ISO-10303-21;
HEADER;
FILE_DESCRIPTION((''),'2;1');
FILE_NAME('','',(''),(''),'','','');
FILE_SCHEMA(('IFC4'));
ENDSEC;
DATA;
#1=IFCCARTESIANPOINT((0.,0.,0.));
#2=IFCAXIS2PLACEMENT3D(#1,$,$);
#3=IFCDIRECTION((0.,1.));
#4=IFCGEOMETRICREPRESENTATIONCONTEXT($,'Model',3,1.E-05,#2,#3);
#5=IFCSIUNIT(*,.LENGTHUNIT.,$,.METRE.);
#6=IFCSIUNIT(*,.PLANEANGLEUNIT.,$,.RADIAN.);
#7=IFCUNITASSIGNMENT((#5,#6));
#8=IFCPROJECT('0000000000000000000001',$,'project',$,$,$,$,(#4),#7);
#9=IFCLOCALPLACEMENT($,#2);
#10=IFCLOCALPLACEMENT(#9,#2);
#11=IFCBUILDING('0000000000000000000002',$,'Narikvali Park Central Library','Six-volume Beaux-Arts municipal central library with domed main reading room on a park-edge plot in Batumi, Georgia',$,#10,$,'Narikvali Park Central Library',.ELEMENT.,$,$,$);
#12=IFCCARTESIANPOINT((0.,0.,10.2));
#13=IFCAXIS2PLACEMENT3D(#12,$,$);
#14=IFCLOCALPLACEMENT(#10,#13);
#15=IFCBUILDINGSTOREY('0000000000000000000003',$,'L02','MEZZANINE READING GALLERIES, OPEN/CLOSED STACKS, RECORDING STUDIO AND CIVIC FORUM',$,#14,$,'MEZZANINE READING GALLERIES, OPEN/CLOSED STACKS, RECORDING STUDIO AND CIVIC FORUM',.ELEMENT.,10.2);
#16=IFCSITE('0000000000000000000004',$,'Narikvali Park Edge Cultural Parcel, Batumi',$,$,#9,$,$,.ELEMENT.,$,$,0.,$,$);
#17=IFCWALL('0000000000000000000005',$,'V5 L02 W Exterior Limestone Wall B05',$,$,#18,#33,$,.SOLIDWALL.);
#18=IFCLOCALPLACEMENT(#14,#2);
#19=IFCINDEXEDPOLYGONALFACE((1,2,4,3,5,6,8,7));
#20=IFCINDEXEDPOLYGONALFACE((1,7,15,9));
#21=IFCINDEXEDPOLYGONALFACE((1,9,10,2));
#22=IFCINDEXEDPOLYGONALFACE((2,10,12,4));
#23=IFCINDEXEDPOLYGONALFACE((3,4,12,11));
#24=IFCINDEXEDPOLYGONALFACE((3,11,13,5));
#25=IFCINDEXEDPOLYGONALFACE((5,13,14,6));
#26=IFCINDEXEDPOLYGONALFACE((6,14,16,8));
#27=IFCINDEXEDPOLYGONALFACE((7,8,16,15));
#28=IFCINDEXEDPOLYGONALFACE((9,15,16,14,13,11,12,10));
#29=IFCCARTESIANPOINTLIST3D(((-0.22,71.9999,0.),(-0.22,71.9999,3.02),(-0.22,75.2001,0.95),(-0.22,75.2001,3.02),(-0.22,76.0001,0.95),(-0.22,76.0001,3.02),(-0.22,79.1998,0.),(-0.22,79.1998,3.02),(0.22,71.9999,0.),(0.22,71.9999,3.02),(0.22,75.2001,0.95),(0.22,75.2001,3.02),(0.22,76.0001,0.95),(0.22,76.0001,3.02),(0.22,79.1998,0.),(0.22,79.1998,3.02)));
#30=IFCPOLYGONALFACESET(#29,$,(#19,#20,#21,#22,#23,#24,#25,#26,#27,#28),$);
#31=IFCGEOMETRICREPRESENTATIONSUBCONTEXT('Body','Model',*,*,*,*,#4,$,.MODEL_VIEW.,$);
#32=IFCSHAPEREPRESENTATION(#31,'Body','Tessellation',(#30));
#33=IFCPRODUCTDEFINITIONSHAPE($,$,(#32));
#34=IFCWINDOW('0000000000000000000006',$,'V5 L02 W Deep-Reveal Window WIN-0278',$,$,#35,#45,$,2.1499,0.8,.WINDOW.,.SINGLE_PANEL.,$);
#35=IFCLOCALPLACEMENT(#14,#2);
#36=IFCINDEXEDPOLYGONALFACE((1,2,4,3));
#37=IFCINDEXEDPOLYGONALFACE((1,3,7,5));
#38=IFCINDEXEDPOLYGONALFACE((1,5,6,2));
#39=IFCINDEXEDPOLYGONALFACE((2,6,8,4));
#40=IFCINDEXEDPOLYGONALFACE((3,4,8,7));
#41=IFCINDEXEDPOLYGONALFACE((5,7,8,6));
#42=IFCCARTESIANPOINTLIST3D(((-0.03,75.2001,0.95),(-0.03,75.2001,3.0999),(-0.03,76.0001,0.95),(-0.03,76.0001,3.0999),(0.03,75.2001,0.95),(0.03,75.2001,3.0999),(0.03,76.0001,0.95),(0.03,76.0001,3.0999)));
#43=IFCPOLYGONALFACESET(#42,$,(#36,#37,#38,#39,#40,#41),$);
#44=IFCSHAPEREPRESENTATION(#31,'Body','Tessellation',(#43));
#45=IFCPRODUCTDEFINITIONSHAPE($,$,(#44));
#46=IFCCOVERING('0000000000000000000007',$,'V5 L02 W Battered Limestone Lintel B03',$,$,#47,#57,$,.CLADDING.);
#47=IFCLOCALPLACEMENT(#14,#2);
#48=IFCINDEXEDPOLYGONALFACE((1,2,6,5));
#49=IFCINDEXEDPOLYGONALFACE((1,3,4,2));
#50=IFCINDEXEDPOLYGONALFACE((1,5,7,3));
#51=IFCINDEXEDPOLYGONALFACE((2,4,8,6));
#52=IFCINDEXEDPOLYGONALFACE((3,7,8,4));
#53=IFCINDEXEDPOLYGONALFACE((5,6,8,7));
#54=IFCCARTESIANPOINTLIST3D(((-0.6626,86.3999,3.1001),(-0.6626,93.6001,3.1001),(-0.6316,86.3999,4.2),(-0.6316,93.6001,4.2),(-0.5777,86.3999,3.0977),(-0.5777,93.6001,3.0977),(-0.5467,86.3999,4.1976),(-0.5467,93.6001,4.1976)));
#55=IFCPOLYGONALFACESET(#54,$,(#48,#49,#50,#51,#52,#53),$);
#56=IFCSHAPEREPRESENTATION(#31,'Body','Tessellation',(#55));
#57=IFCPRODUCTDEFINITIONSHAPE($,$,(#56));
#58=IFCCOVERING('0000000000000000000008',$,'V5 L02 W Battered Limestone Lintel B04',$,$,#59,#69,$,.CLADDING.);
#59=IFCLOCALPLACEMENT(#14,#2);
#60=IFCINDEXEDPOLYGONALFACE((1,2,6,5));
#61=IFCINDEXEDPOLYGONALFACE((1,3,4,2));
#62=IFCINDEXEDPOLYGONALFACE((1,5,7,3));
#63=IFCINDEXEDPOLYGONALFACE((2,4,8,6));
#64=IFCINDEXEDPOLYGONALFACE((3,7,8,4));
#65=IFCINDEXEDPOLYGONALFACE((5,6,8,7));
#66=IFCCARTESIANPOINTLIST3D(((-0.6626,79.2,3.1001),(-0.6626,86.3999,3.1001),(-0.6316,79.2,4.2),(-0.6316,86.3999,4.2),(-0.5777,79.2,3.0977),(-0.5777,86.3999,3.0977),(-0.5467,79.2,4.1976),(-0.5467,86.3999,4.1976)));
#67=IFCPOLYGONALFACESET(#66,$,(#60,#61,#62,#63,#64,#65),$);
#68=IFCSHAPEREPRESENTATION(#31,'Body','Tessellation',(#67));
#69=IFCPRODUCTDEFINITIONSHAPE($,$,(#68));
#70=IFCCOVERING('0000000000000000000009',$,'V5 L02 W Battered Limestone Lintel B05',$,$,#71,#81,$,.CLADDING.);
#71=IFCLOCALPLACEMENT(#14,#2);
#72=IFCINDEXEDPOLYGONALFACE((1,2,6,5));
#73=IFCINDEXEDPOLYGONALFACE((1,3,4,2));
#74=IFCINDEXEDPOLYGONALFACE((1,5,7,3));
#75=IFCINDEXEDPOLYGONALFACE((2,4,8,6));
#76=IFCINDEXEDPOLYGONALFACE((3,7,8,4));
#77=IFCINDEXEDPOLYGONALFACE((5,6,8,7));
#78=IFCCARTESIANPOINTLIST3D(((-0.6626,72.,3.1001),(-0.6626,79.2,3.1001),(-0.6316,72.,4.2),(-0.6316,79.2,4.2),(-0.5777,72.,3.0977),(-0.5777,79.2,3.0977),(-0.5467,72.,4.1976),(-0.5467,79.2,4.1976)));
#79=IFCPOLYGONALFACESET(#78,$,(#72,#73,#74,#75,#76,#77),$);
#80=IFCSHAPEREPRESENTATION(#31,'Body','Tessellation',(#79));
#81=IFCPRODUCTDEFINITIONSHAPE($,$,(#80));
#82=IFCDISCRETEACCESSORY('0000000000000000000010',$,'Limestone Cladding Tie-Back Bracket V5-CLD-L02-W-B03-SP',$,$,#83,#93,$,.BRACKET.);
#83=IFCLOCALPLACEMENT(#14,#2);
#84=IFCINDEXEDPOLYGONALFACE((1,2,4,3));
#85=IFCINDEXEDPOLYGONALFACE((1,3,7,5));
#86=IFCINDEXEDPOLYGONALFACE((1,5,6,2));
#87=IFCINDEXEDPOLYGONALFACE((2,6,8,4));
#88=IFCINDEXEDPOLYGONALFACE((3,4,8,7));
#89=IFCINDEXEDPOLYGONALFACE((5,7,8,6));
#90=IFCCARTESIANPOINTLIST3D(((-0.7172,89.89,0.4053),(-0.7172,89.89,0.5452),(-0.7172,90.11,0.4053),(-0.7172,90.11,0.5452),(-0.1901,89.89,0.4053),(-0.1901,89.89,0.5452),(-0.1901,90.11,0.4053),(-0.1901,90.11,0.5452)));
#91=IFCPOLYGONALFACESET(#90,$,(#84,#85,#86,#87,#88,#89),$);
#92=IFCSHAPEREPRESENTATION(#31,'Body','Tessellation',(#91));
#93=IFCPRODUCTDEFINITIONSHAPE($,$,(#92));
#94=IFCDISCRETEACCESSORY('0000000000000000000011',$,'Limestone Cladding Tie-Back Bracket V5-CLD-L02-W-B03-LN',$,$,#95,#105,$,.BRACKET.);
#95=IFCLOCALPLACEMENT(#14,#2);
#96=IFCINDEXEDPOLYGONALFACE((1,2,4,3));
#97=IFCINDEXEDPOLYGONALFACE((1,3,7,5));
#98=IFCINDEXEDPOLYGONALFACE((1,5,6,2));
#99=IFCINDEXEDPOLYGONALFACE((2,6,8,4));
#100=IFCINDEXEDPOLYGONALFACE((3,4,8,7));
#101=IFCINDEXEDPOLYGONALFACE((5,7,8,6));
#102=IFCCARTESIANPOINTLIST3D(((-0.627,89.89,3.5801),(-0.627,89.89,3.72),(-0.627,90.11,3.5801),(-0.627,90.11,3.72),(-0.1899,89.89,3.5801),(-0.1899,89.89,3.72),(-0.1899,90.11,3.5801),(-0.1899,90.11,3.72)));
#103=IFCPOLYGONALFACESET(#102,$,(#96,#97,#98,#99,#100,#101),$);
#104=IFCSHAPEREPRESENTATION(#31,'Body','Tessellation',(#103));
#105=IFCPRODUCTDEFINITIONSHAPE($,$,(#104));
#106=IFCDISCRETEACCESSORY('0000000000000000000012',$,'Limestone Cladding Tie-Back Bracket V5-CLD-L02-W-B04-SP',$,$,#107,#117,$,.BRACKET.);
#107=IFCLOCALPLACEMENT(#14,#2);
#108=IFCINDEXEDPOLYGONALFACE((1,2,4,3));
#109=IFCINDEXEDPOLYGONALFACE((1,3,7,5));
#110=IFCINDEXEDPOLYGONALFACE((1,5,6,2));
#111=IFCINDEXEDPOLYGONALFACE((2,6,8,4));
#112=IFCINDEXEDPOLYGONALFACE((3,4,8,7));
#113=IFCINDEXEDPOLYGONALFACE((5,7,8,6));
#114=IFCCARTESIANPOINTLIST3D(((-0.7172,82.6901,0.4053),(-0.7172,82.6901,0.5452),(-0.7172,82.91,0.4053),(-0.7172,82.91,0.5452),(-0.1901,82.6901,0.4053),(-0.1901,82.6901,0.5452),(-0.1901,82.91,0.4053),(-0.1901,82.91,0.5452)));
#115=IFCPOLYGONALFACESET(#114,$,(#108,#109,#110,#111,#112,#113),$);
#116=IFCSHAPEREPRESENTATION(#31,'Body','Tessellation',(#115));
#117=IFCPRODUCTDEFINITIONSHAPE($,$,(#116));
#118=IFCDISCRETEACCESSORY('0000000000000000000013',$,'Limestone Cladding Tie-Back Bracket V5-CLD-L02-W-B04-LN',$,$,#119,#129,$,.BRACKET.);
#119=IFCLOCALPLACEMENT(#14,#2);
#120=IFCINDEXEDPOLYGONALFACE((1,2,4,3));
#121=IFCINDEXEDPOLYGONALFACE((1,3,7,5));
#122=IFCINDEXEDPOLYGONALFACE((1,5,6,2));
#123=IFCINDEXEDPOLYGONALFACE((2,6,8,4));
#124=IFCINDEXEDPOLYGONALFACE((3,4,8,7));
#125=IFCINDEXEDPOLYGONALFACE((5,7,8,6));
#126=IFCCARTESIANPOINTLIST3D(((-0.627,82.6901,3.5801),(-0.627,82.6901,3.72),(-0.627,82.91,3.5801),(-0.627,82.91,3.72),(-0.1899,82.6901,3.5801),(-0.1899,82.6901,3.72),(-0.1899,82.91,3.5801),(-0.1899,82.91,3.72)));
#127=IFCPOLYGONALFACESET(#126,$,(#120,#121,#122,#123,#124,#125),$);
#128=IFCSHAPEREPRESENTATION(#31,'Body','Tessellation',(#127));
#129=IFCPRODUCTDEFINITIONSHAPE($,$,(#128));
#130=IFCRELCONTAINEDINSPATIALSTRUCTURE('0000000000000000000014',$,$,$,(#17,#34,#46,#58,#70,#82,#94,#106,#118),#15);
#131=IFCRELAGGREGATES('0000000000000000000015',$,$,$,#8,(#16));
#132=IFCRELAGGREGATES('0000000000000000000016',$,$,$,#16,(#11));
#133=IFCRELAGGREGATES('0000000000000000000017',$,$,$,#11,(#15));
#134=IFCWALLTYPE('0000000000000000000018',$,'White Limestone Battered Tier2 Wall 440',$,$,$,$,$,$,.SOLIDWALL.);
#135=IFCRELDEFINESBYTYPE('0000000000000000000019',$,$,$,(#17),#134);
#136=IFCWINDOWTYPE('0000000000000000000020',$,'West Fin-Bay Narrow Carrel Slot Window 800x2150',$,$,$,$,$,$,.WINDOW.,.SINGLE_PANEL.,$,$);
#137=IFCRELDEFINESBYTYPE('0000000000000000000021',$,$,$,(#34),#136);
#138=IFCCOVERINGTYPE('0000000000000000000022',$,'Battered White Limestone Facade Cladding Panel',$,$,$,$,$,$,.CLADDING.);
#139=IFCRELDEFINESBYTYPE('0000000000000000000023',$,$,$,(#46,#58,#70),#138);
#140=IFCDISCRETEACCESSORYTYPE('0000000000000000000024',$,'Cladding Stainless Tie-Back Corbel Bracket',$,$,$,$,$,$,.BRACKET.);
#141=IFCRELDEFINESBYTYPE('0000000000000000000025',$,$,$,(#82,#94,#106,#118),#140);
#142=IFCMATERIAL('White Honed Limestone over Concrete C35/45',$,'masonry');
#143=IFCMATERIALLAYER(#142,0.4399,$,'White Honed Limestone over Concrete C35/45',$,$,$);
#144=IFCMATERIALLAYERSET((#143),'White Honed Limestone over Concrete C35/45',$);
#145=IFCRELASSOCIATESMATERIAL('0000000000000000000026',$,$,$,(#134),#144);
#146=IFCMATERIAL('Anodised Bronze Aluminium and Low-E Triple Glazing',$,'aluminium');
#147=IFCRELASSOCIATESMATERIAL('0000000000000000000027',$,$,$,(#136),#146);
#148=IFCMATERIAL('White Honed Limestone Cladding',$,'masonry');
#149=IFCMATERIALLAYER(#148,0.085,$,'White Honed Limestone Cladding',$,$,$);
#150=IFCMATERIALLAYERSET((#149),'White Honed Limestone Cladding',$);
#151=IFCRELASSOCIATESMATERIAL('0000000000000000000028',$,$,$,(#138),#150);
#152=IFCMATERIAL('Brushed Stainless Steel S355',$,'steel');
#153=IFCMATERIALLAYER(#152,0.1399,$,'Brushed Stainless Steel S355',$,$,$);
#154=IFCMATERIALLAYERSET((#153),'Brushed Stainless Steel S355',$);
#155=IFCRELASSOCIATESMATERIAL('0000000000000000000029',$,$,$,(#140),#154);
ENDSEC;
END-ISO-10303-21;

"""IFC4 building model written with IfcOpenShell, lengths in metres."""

from ifc_helpers import new_model, si_unit, direction, frame, frame_2d, origin, origin_2d, place, context, subcontext, project, spatial, polyline, rectangle, outline, extrude, material, layer, layer_set, type_object, element, fill, save


model = new_model("IFC4")

# Units and contexts
model_context = context("Model", 3, precision=1e-05, world=origin(), true_north=direction((0.0, 1.0)))
body_context = subcontext(model_context, "Body", "Model", "MODEL_VIEW")
ifc_project = project(units=[si_unit("LENGTHUNIT", "METRE"), si_unit("PLANEANGLEUNIT", "RADIAN")], contexts=[model_context])

# Site, building, storey
site_placement = place(None, origin())
site = spatial("IfcSite", under=ifc_project, at=site_placement, Name="Narikvali Park Edge Cultural Parcel, Batumi", CompositionType="ELEMENT", RefElevation=0.0)
building_placement = place(site_placement, origin())
building = spatial("IfcBuilding", under=site, at=building_placement, Name="Narikvali Park Central Library", Description="Six-volume Beaux-Arts municipal central library with domed main reading room on a park-edge plot in Batumi, Georgia", LongName="Narikvali Park Central Library", CompositionType="ELEMENT")
storey_placement = place(building_placement, frame((0.0, 0.0, 10.2)))
storey = spatial("IfcBuildingStorey", under=building, at=storey_placement, Name="L02", Description="MEZZANINE READING GALLERIES, OPEN/CLOSED STACKS, RECORDING STUDIO AND CIVIC FORUM", LongName="MEZZANINE READING GALLERIES, OPEN/CLOSED STACKS, RECORDING STUDIO AND CIVIC FORUM", CompositionType="ELEMENT", Elevation=10.2)

# Wall, opening, window
ifc_material_1 = material(Name="White Honed Limestone over Concrete C35/45", Category="masonry")
ifc_layer_1 = layer(ifc_material_1, 0.4399, Name="White Honed Limestone over Concrete C35/45")
ifc_layer_set_1 = layer_set([ifc_layer_1], Name="White Honed Limestone over Concrete C35/45")
wall_type = type_object("IfcWallType", Name="White Limestone Battered Tier2 Wall 440", PredefinedType="SOLIDWALL", material=ifc_layer_set_1)
ifc_material_2 = material(Name="Anodised Bronze Aluminium and Low-E Triple Glazing", Category="aluminium")
window_type = type_object("IfcWindowType", Name="West Fin-Bay Narrow Carrel Slot Window 800x2150", PartitioningType="SINGLE_PANEL", PredefinedType="WINDOW", material=ifc_material_2)
wall_1_placement = place(storey_placement, frame((0.0, 79.2, 0.0), z_axis=(0.0, 0.0, 1.0), x_axis=(0.0, -1.0, 0.0)))
wall_1 = element("IfcWall", 1, at=wall_1_placement, inside=storey, type_object=wall_type, Name="V5 L02 W Exterior Limestone Wall B05", PredefinedType="SOLIDWALL", context=body_context, shape_type="SweptSolid", body=[
    extrude(rectangle(XDim=7.2, YDim=0.4399, at=frame_2d((3.6001, 0.0))), origin(), (0.0, 0.0, 1.0), 3.02),
])
opening_1_placement = place(wall_1_placement, frame((3.2, 0.0, 0.95)))
opening_1 = element("IfcOpeningElement", 2, at=opening_1_placement, cuts=wall_1, PredefinedType="OPENING", context=body_context, shape_type="SweptSolid", body=[
    extrude(rectangle(XDim=0.8, YDim=2.1499, at=frame_2d((0.3999, 1.075))), frame((0.0, 0.2319, 0.0), z_axis=(0.0, -1.0, 0.0), x_axis=(1.0, 0.0, 0.0)), (0.0, 0.0, 1.0), 0.4639),
])
window_1_placement = place(opening_1_placement, origin())
window_1 = element("IfcWindow", 3, at=window_1_placement, inside=storey, type_object=window_type, Name="V5 L02 W Deep-Reveal Window WIN-0278", OverallHeight=2.1499, OverallWidth=0.8, PartitioningType="SINGLE_PANEL", PredefinedType="WINDOW", context=body_context, shape_type="SweptSolid", body=[
    extrude(rectangle(XDim=0.8, YDim=2.1499, at=frame_2d((0.3999, 1.075))), frame((0.0, 0.03, 0.0), z_axis=(0.0, -1.0, 0.0), x_axis=(1.0, 0.0, 0.0)), (0.0, 0.0, 1.0), 0.0601),
])
fill(opening_1, window_1)

# Coverings
ifc_material_3 = material(Name="White Honed Limestone Cladding", Category="masonry")
ifc_layer_2 = layer(ifc_material_3, 0.085, Name="White Honed Limestone Cladding")
ifc_layer_set_2 = layer_set([ifc_layer_2], Name="White Honed Limestone Cladding")
covering_type = type_object("IfcCoveringType", Name="Battered White Limestone Facade Cladding Panel", PredefinedType="CLADDING", material=ifc_layer_set_2)
covering_placement = place(storey_placement, frame((-0.6626, 93.6001, 3.1001), z_axis=(-0.999603, 0.0, 0.02818), x_axis=(0.0, -1.0, 0.0)))
element("IfcCovering", 4, at=covering_placement, inside=storey, type_object=covering_type, Name="V5 L02 W Battered Limestone Lintel B03", PredefinedType="CLADDING", context=body_context, shape_type="SweptSolid", body=[
    extrude(outline(polyline([(0.0, 0.0), (7.2002, 0.0), (7.2002, 1.1003), (0.0, 1.1003), (0.0, 0.0)])), origin(), (0.0, 0.0, -1.0), 0.085),
])
for number, where, z_axis, x_axis, name in (
    (5, (-0.6626, 86.3999, 3.1001), (-0.999603, 0.0, 0.02818), (0.0, -1.0, 0.0), "V5 L02 W Battered Limestone Lintel B04"),
    (6, (-0.6626, 79.2, 3.1001), (-0.999603, 0.0, 0.02818), (0.0, -1.0, 0.0), "V5 L02 W Battered Limestone Lintel B05"),
):
    element("IfcCovering", number, at=place(storey_placement, frame(where, z_axis=z_axis, x_axis=x_axis)), inside=storey, type_object=covering_type, Name=name, PredefinedType="CLADDING", context=body_context, shape_type="SweptSolid", body=[
        extrude(outline(polyline([(0.0, 0.0), (7.2, 0.0), (7.2, 1.1003), (0.0, 1.1003), (0.0, 0.0)])), origin(), (0.0, 0.0, -1.0), 0.085),
    ])

# Discrete accessories
ifc_material_4 = material(Name="Brushed Stainless Steel S355", Category="steel")
ifc_layer_3 = layer(ifc_material_4, 0.1399, Name="Brushed Stainless Steel S355")
ifc_layer_set_3 = layer_set([ifc_layer_3], Name="Brushed Stainless Steel S355")
discrete_accessory_type = type_object("IfcDiscreteAccessoryType", Name="Cladding Stainless Tie-Back Corbel Bracket", PredefinedType="BRACKET", material=ifc_layer_set_3)
discrete_accessory_1_placement = place(storey_placement, frame((-0.4536, 90.0, 0.4053), z_axis=(0.0, 0.0, 1.0), x_axis=(1.0, 0.0, 0.0)))
element("IfcDiscreteAccessory", 7, at=discrete_accessory_1_placement, inside=storey, type_object=discrete_accessory_type, Name="Limestone Cladding Tie-Back Bracket V5-CLD-L02-W-B03-SP", PredefinedType="BRACKET", context=body_context, shape_type="SweptSolid", body=[
    extrude(rectangle(XDim=0.5271, YDim=0.22, at=origin_2d()), origin(), (0.0, 0.0, 1.0), 0.1399),
])
discrete_accessory_2_placement = place(storey_placement, frame((-0.4084, 90.0, 3.5801), z_axis=(0.0, 0.0, 1.0), x_axis=(1.0, 0.0, 0.0)))
element("IfcDiscreteAccessory", 8, at=discrete_accessory_2_placement, inside=storey, type_object=discrete_accessory_type, Name="Limestone Cladding Tie-Back Bracket V5-CLD-L02-W-B03-LN", PredefinedType="BRACKET", context=body_context, shape_type="SweptSolid", body=[
    extrude(rectangle(XDim=0.437, YDim=0.22, at=origin_2d()), origin(), (0.0, 0.0, 1.0), 0.1399),
])
discrete_accessory_3_placement = place(storey_placement, frame((-0.4536, 82.8, 0.4053), z_axis=(0.0, 0.0, 1.0), x_axis=(1.0, 0.0, 0.0)))
element("IfcDiscreteAccessory", 9, at=discrete_accessory_3_placement, inside=storey, type_object=discrete_accessory_type, Name="Limestone Cladding Tie-Back Bracket V5-CLD-L02-W-B04-SP", PredefinedType="BRACKET", context=body_context, shape_type="SweptSolid", body=[
    extrude(rectangle(XDim=0.5271, YDim=0.22, at=origin_2d()), origin(), (0.0, 0.0, 1.0), 0.1399),
])
discrete_accessory_4_placement = place(storey_placement, frame((-0.4084, 82.8, 3.5801), z_axis=(0.0, 0.0, 1.0), x_axis=(1.0, 0.0, 0.0)))
element("IfcDiscreteAccessory", 10, at=discrete_accessory_4_placement, inside=storey, type_object=discrete_accessory_type, Name="Limestone Cladding Tie-Back Bracket V5-CLD-L02-W-B04-LN", PredefinedType="BRACKET", context=body_context, shape_type="SweptSolid", body=[
    extrude(rectangle(XDim=0.437, YDim=0.22, at=origin_2d()), origin(), (0.0, 0.0, 1.0), 0.1399),
])

save(model, "model.ifc")
